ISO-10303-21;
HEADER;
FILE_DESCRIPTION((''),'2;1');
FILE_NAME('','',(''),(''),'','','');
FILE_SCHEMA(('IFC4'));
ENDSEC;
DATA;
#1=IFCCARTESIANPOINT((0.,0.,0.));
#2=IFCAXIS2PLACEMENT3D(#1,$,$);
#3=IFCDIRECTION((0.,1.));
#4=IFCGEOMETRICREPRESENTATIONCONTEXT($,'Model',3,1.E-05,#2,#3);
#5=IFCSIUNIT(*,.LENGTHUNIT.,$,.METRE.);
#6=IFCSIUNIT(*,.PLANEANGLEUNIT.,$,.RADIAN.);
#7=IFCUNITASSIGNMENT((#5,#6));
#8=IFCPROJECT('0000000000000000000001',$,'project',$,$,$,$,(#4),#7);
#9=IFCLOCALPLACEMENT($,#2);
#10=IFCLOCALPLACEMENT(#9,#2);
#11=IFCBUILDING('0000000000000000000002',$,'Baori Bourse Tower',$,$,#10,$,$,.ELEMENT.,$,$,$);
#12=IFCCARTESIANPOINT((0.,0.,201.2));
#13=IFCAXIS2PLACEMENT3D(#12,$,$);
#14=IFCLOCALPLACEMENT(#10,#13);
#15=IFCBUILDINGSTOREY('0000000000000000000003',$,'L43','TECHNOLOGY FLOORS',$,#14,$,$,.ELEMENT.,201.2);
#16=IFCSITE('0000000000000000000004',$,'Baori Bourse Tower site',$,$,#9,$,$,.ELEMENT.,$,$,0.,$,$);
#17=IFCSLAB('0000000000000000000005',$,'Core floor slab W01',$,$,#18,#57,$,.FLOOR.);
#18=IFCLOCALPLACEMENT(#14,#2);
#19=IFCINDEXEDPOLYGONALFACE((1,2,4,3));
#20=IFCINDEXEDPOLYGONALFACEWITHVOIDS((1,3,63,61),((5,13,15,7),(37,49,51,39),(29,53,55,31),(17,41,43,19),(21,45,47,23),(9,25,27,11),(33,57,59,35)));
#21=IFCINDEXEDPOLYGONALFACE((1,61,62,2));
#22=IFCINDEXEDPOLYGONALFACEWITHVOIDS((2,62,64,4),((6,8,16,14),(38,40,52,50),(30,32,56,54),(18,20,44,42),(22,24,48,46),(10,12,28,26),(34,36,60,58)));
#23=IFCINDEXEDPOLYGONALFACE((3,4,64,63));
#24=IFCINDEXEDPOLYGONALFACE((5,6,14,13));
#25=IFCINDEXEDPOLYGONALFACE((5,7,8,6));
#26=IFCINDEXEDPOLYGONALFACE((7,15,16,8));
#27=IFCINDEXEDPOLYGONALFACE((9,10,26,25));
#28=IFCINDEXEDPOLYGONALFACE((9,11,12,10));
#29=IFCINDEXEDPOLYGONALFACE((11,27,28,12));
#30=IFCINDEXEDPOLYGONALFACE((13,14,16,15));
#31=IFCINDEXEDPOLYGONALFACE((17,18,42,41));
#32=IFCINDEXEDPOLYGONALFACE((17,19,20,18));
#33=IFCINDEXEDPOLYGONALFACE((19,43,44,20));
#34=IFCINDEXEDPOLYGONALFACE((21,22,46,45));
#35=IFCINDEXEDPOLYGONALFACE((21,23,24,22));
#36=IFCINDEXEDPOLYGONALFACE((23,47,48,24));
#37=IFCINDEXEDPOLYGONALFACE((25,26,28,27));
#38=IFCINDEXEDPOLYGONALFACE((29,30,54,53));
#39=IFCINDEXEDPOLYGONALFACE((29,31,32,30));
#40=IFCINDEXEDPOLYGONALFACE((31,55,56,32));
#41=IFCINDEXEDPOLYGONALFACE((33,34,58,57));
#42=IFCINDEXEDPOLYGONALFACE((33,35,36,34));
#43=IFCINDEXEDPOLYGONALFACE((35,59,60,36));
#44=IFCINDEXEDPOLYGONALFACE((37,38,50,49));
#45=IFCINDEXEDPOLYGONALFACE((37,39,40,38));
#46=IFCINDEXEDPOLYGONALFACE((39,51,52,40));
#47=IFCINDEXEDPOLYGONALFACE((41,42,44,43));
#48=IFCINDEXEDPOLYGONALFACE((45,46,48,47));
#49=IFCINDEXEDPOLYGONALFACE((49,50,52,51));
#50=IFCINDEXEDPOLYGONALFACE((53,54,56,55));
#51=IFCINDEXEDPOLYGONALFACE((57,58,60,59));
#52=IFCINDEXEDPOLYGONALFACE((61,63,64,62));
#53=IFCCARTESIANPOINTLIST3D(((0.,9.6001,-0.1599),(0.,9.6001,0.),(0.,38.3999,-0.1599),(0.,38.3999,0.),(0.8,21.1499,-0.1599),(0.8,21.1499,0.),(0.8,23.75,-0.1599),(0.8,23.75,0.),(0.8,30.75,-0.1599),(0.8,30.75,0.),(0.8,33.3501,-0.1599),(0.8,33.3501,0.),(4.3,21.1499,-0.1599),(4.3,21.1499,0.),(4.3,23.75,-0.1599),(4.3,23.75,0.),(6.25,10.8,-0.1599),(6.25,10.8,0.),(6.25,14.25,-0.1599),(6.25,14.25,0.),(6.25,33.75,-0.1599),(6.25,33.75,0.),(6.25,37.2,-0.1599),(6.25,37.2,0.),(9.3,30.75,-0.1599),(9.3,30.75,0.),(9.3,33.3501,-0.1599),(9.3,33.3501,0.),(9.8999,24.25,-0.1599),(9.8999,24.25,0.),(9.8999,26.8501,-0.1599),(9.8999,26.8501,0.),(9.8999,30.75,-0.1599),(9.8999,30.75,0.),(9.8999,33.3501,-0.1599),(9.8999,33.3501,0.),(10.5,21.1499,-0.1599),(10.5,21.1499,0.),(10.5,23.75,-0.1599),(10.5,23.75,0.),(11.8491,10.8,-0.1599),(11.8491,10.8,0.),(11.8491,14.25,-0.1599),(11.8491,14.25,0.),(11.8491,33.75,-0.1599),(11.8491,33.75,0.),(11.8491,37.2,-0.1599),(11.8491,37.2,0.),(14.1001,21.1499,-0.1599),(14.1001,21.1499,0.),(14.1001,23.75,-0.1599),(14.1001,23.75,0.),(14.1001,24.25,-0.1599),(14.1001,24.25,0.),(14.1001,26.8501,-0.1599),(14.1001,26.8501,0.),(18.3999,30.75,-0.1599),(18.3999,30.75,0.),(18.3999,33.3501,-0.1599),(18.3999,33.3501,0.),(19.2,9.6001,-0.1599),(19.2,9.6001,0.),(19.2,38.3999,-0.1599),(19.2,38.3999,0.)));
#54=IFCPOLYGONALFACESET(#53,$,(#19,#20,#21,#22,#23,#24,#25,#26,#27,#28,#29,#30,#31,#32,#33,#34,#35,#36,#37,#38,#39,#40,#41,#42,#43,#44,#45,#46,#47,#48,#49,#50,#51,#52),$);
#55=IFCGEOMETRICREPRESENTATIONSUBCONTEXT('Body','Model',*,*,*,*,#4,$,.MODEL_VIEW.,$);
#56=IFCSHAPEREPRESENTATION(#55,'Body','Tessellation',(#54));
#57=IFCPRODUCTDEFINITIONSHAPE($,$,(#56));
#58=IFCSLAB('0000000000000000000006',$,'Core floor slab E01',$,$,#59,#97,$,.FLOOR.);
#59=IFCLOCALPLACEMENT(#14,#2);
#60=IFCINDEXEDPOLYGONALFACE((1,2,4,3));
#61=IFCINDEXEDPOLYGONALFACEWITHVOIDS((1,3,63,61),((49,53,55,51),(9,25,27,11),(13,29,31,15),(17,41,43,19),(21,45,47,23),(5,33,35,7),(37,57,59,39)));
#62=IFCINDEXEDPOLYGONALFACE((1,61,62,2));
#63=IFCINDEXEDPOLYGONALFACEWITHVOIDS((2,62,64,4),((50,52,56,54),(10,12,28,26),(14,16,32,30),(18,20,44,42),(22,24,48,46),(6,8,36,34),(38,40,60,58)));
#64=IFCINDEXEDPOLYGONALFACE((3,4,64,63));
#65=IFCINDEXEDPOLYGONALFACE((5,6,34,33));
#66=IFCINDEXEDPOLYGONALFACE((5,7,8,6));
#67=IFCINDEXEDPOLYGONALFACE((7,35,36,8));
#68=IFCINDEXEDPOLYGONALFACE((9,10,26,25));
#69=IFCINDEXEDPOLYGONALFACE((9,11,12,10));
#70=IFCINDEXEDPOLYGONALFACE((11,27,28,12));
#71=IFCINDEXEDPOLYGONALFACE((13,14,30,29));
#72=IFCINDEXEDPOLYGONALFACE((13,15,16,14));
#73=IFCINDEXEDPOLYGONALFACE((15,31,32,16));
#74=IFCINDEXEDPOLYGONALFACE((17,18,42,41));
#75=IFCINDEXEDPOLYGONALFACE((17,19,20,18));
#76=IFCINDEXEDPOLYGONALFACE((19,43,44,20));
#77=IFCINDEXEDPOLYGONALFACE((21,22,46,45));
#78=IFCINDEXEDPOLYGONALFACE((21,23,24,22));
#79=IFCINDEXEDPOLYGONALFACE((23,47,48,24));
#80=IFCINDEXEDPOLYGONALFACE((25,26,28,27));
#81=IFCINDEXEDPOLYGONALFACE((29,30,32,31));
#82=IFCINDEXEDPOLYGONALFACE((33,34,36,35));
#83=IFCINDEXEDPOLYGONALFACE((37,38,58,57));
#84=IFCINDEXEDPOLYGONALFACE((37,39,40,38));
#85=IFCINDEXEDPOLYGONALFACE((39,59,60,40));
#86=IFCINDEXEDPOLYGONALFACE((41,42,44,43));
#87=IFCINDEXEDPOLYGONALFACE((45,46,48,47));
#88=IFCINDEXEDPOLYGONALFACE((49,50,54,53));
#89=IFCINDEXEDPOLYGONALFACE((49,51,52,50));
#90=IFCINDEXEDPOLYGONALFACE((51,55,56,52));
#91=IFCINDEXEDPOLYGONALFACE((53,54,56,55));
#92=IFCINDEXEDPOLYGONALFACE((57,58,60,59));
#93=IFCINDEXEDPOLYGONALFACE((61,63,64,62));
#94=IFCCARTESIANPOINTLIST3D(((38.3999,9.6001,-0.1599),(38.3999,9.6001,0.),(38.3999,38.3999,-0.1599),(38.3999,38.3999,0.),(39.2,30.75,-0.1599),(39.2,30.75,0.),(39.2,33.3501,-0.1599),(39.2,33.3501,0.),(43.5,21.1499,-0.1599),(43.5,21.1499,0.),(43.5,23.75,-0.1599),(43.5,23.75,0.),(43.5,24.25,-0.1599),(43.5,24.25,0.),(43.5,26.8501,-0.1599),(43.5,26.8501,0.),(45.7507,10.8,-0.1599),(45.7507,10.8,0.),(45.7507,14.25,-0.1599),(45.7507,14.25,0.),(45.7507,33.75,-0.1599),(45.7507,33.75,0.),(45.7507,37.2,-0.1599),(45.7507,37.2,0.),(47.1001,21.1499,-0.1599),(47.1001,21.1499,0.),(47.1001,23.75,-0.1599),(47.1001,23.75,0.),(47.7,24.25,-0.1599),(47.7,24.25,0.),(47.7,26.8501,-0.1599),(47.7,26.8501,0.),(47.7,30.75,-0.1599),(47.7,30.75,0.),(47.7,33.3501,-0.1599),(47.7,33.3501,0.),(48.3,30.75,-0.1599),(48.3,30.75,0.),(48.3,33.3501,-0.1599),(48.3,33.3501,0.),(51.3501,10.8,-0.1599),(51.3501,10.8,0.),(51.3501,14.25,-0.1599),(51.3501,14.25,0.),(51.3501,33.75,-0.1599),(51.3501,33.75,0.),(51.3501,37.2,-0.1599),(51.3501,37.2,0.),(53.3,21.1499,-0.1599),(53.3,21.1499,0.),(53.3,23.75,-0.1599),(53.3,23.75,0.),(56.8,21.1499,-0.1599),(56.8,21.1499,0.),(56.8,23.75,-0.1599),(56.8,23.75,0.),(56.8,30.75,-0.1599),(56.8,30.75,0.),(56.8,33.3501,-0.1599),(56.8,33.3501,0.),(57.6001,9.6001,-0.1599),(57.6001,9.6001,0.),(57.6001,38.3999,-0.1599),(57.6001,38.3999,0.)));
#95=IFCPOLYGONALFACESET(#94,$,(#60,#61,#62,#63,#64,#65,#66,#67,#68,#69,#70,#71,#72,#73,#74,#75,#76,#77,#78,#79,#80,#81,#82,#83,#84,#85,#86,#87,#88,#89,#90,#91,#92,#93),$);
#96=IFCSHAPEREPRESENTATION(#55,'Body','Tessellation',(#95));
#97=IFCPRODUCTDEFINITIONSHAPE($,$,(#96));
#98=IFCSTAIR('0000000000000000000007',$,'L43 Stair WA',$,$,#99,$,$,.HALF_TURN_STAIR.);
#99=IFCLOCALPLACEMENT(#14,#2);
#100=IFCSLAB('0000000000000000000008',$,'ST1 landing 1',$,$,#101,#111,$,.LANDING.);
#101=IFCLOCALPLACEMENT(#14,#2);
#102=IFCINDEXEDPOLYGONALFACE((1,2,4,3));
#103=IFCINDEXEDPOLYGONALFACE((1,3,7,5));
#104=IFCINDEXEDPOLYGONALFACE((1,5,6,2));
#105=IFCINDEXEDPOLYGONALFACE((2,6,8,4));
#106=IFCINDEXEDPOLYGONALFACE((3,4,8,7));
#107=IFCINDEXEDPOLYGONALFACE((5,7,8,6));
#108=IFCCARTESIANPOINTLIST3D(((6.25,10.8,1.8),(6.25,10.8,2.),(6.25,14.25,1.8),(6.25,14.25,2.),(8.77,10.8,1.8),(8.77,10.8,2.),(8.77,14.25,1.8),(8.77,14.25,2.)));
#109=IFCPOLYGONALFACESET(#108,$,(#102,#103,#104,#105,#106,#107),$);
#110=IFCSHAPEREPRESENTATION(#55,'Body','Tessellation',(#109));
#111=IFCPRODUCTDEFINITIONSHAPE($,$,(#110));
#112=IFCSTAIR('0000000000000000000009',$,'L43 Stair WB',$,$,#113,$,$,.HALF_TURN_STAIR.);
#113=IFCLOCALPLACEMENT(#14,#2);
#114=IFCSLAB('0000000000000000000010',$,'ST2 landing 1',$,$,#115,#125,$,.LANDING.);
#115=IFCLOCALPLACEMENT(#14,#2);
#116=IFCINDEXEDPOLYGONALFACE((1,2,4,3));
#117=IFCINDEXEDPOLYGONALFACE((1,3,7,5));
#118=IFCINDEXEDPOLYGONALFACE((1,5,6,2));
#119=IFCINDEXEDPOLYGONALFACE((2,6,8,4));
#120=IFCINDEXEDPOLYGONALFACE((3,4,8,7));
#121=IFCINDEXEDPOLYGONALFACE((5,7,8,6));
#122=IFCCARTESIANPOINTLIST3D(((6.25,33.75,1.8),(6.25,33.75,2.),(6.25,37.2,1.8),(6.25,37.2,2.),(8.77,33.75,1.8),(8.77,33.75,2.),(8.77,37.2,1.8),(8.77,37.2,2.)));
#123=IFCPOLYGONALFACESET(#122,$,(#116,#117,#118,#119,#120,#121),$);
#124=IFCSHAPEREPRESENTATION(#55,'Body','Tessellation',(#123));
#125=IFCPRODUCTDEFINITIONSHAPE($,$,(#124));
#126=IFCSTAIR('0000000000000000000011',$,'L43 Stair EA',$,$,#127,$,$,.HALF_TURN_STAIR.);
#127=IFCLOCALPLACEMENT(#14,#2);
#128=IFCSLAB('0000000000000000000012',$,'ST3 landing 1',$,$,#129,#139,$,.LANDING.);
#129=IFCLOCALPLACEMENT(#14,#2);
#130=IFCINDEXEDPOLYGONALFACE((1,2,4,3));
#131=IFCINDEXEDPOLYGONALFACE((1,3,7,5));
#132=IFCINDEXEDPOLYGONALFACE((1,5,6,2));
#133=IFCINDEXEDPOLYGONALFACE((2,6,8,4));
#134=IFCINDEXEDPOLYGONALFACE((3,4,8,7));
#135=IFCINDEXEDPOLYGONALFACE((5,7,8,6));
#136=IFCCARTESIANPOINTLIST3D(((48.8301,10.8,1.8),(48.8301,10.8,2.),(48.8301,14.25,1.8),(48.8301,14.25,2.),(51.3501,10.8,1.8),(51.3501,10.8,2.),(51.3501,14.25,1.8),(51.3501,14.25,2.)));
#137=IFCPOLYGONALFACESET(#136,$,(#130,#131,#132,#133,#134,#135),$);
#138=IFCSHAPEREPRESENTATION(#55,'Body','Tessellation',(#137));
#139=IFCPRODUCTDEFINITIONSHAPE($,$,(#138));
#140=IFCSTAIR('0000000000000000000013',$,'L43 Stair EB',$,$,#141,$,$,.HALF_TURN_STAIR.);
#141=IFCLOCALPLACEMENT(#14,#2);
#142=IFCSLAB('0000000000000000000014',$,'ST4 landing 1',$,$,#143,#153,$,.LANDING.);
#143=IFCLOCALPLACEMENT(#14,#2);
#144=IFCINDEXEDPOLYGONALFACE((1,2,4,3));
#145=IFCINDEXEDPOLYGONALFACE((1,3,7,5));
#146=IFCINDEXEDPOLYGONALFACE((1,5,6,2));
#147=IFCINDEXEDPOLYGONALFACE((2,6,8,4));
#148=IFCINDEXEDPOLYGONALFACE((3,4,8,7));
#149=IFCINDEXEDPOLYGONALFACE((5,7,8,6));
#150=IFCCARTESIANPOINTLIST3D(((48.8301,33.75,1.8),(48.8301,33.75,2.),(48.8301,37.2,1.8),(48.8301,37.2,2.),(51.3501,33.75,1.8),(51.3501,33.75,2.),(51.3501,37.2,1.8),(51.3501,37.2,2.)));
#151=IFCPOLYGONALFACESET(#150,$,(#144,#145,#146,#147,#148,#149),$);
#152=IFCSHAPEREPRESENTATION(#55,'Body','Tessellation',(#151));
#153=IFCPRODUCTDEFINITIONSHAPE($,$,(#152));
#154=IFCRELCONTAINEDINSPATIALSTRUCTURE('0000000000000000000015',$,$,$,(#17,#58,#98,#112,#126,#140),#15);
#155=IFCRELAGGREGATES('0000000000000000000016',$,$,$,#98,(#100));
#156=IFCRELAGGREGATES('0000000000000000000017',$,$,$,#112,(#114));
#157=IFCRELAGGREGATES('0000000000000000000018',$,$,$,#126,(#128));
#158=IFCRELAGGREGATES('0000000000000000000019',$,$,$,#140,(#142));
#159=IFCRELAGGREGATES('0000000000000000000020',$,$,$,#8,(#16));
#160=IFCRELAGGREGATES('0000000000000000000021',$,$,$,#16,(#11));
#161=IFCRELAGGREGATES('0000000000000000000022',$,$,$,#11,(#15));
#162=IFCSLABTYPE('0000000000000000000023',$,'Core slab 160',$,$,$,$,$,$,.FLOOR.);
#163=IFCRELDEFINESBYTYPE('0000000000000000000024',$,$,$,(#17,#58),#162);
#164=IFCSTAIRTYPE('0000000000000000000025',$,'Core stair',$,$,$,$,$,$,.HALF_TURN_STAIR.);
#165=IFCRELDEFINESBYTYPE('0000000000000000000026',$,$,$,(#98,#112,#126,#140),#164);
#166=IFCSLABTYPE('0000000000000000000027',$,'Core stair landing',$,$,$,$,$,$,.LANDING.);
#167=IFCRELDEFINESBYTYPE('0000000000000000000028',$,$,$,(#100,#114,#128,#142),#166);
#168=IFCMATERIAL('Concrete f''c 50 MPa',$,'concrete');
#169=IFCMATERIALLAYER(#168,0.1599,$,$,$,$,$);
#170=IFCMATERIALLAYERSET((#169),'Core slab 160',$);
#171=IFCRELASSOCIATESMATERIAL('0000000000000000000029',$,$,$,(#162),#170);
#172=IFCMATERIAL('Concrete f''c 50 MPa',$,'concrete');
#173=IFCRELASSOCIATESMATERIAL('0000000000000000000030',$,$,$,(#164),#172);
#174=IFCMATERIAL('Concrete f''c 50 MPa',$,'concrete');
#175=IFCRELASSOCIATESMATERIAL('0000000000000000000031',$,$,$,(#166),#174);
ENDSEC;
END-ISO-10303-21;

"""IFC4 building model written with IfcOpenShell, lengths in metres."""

from ifc_helpers import new_model, si_unit, direction, frame, origin, place, context, subcontext, project, spatial, polyline, outline, extrude, material, layer, layer_set, type_object, element, aggregate, save


model = new_model("IFC4")

# Units and contexts
model_context = context("Model", 3, precision=1e-05, world=origin(), true_north=direction((0.0, 1.0)))
body_context = subcontext(model_context, "Body", "Model", "MODEL_VIEW")
ifc_project = project(units=[si_unit("LENGTHUNIT", "METRE"), si_unit("PLANEANGLEUNIT", "RADIAN")], contexts=[model_context])

# Site, building, storey
site_placement = place(None, origin())
site = spatial("IfcSite", under=ifc_project, at=site_placement, Name="Baori Bourse Tower site", CompositionType="ELEMENT", RefElevation=0.0)
building_placement = place(site_placement, origin())
building = spatial("IfcBuilding", under=site, at=building_placement, Name="Baori Bourse Tower", CompositionType="ELEMENT")
storey_placement = place(building_placement, frame((0.0, 0.0, 201.2)))
storey = spatial("IfcBuildingStorey", under=building, at=storey_placement, Name="L43", Description="TECHNOLOGY FLOORS", CompositionType="ELEMENT", Elevation=201.2)

# Slabs
ifc_material_1 = material(Name="Concrete f'c 50 MPa", Category="concrete")
ifc_layer_1 = layer(ifc_material_1, 0.1599)
ifc_layer_set_1 = layer_set([ifc_layer_1], Name="Core slab 160")
slab_type_1 = type_object("IfcSlabType", Name="Core slab 160", PredefinedType="FLOOR", material=ifc_layer_set_1)
slab_1_placement = place(storey_placement, frame((0.0, 0.0, -0.1599)))
element("IfcSlab", 1, at=slab_1_placement, inside=storey, type_object=slab_type_1, Name="Core floor slab W01", PredefinedType="FLOOR", context=body_context, shape_type="SweptSolid", body=[
    extrude(outline(polyline([(19.2, 38.3999), (0.0, 38.3999), (0.0, 9.6001), (19.2, 9.6001), (19.2, 38.3999)]), holes=[polyline([(9.8999, 33.3501), (18.3999, 33.3501), (18.3999, 30.75), (9.8999, 30.75), (9.8999, 33.3501)]), polyline([(10.5, 21.1499), (10.5, 23.75), (14.1001, 23.75), (14.1001, 21.1499), (10.5, 21.1499)]), polyline([(14.1001, 24.25), (9.8999, 24.25), (9.8999, 26.8501), (14.1001, 26.8501), (14.1001, 24.25)]), polyline([(6.25, 14.25), (11.8491, 14.25), (11.8491, 10.8), (6.25, 10.8), (6.25, 14.25)]), polyline([(11.8491, 37.2), (11.8491, 33.75), (6.25, 33.75), (6.25, 37.2), (11.8491, 37.2)]), polyline([(0.8, 30.75), (0.8, 33.3501), (9.3, 33.3501), (9.3, 30.75), (0.8, 30.75)]), polyline([(4.3, 23.75), (4.3, 21.1499), (0.8, 21.1499), (0.8, 23.75), (4.3, 23.75)])]), origin(), (0.0, 0.0, 1.0), 0.1599),
])
slab_2_placement = place(storey_placement, frame((0.0, 0.0, -0.1599)))
element("IfcSlab", 2, at=slab_2_placement, inside=storey, type_object=slab_type_1, Name="Core floor slab E01", PredefinedType="FLOOR", context=body_context, shape_type="SweptSolid", body=[
    extrude(outline(polyline([(57.6001, 9.6001), (57.6001, 38.3999), (38.3999, 38.3999), (38.3999, 9.6001), (57.6001, 9.6001)]), holes=[polyline([(48.3, 33.3501), (56.8, 33.3501), (56.8, 30.75), (48.3, 30.75), (48.3, 33.3501)]), polyline([(56.8, 21.1499), (53.3, 21.1499), (53.3, 23.75), (56.8, 23.75), (56.8, 21.1499)]), polyline([(45.7507, 14.25), (51.3501, 14.25), (51.3501, 10.8), (45.7507, 10.8), (45.7507, 14.25)]), polyline([(51.3501, 37.2), (51.3501, 33.75), (45.7507, 33.75), (45.7507, 37.2), (51.3501, 37.2)]), polyline([(43.5, 24.25), (43.5, 26.8501), (47.7, 26.8501), (47.7, 24.25), (43.5, 24.25)]), polyline([(47.7, 33.3501), (47.7, 30.75), (39.2, 30.75), (39.2, 33.3501), (47.7, 33.3501)]), polyline([(43.5, 23.75), (47.1001, 23.75), (47.1001, 21.1499), (43.5, 21.1499), (43.5, 23.75)])]), origin(), (0.0, 0.0, 1.0), 0.1599),
])

# Stairs, slabs
ifc_material_2 = material(Name="Concrete f'c 50 MPa", Category="concrete")
stair_type = type_object("IfcStairType", Name="Core stair", PredefinedType="HALF_TURN_STAIR", material=ifc_material_2)
stair_1_placement = place(storey_placement, origin())
stair_1 = element("IfcStair", 3, at=stair_1_placement, inside=storey, type_object=stair_type, Name="L43 Stair WA", PredefinedType="HALF_TURN_STAIR")
ifc_material_3 = material(Name="Concrete f'c 50 MPa", Category="concrete")
slab_type_2 = type_object("IfcSlabType", Name="Core stair landing", PredefinedType="LANDING", material=ifc_material_3)
slab_3_placement = place(storey_placement, frame((0.0, 0.0, 1.8)))
slab_3 = element("IfcSlab", 4, at=slab_3_placement, type_object=slab_type_2, Name="ST1 landing 1", PredefinedType="LANDING", context=body_context, shape_type="SweptSolid", body=[
    extrude(outline(polyline([(8.77, 14.25), (6.25, 14.25), (6.25, 10.8), (8.77, 10.8), (8.77, 14.25)])), origin(), (0.0, 0.0, 1.0), 0.2),
])
aggregate(stair_1, [slab_3])
stair_2_placement = place(storey_placement, origin())
stair_2 = element("IfcStair", 5, at=stair_2_placement, inside=storey, type_object=stair_type, Name="L43 Stair WB", PredefinedType="HALF_TURN_STAIR")
slab_4_placement = place(storey_placement, frame((0.0, 0.0, 1.8)))
slab_4 = element("IfcSlab", 6, at=slab_4_placement, type_object=slab_type_2, Name="ST2 landing 1", PredefinedType="LANDING", context=body_context, shape_type="SweptSolid", body=[
    extrude(outline(polyline([(8.77, 37.2), (6.25, 37.2), (6.25, 33.75), (8.77, 33.75), (8.77, 37.2)])), origin(), (0.0, 0.0, 1.0), 0.2),
])
aggregate(stair_2, [slab_4])
stair_3_placement = place(storey_placement, origin())
stair_3 = element("IfcStair", 7, at=stair_3_placement, inside=storey, type_object=stair_type, Name="L43 Stair EA", PredefinedType="HALF_TURN_STAIR")
slab_5_placement = place(storey_placement, frame((0.0, 0.0, 1.8)))
slab_5 = element("IfcSlab", 8, at=slab_5_placement, type_object=slab_type_2, Name="ST3 landing 1", PredefinedType="LANDING", context=body_context, shape_type="SweptSolid", body=[
    extrude(outline(polyline([(48.8301, 10.8), (51.3501, 10.8), (51.3501, 14.25), (48.8301, 14.25), (48.8301, 10.8)])), origin(), (0.0, 0.0, 1.0), 0.2),
])
aggregate(stair_3, [slab_5])
stair_4_placement = place(storey_placement, origin())
stair_4 = element("IfcStair", 9, at=stair_4_placement, inside=storey, type_object=stair_type, Name="L43 Stair EB", PredefinedType="HALF_TURN_STAIR")
slab_6_placement = place(storey_placement, frame((0.0, 0.0, 1.8)))
slab_6 = element("IfcSlab", 10, at=slab_6_placement, type_object=slab_type_2, Name="ST4 landing 1", PredefinedType="LANDING", context=body_context, shape_type="SweptSolid", body=[
    extrude(outline(polyline([(48.8301, 33.75), (51.3501, 33.75), (51.3501, 37.2), (48.8301, 37.2), (48.8301, 33.75)])), origin(), (0.0, 0.0, 1.0), 0.2),
])
aggregate(stair_4, [slab_6])

save(model, "model.ifc")
